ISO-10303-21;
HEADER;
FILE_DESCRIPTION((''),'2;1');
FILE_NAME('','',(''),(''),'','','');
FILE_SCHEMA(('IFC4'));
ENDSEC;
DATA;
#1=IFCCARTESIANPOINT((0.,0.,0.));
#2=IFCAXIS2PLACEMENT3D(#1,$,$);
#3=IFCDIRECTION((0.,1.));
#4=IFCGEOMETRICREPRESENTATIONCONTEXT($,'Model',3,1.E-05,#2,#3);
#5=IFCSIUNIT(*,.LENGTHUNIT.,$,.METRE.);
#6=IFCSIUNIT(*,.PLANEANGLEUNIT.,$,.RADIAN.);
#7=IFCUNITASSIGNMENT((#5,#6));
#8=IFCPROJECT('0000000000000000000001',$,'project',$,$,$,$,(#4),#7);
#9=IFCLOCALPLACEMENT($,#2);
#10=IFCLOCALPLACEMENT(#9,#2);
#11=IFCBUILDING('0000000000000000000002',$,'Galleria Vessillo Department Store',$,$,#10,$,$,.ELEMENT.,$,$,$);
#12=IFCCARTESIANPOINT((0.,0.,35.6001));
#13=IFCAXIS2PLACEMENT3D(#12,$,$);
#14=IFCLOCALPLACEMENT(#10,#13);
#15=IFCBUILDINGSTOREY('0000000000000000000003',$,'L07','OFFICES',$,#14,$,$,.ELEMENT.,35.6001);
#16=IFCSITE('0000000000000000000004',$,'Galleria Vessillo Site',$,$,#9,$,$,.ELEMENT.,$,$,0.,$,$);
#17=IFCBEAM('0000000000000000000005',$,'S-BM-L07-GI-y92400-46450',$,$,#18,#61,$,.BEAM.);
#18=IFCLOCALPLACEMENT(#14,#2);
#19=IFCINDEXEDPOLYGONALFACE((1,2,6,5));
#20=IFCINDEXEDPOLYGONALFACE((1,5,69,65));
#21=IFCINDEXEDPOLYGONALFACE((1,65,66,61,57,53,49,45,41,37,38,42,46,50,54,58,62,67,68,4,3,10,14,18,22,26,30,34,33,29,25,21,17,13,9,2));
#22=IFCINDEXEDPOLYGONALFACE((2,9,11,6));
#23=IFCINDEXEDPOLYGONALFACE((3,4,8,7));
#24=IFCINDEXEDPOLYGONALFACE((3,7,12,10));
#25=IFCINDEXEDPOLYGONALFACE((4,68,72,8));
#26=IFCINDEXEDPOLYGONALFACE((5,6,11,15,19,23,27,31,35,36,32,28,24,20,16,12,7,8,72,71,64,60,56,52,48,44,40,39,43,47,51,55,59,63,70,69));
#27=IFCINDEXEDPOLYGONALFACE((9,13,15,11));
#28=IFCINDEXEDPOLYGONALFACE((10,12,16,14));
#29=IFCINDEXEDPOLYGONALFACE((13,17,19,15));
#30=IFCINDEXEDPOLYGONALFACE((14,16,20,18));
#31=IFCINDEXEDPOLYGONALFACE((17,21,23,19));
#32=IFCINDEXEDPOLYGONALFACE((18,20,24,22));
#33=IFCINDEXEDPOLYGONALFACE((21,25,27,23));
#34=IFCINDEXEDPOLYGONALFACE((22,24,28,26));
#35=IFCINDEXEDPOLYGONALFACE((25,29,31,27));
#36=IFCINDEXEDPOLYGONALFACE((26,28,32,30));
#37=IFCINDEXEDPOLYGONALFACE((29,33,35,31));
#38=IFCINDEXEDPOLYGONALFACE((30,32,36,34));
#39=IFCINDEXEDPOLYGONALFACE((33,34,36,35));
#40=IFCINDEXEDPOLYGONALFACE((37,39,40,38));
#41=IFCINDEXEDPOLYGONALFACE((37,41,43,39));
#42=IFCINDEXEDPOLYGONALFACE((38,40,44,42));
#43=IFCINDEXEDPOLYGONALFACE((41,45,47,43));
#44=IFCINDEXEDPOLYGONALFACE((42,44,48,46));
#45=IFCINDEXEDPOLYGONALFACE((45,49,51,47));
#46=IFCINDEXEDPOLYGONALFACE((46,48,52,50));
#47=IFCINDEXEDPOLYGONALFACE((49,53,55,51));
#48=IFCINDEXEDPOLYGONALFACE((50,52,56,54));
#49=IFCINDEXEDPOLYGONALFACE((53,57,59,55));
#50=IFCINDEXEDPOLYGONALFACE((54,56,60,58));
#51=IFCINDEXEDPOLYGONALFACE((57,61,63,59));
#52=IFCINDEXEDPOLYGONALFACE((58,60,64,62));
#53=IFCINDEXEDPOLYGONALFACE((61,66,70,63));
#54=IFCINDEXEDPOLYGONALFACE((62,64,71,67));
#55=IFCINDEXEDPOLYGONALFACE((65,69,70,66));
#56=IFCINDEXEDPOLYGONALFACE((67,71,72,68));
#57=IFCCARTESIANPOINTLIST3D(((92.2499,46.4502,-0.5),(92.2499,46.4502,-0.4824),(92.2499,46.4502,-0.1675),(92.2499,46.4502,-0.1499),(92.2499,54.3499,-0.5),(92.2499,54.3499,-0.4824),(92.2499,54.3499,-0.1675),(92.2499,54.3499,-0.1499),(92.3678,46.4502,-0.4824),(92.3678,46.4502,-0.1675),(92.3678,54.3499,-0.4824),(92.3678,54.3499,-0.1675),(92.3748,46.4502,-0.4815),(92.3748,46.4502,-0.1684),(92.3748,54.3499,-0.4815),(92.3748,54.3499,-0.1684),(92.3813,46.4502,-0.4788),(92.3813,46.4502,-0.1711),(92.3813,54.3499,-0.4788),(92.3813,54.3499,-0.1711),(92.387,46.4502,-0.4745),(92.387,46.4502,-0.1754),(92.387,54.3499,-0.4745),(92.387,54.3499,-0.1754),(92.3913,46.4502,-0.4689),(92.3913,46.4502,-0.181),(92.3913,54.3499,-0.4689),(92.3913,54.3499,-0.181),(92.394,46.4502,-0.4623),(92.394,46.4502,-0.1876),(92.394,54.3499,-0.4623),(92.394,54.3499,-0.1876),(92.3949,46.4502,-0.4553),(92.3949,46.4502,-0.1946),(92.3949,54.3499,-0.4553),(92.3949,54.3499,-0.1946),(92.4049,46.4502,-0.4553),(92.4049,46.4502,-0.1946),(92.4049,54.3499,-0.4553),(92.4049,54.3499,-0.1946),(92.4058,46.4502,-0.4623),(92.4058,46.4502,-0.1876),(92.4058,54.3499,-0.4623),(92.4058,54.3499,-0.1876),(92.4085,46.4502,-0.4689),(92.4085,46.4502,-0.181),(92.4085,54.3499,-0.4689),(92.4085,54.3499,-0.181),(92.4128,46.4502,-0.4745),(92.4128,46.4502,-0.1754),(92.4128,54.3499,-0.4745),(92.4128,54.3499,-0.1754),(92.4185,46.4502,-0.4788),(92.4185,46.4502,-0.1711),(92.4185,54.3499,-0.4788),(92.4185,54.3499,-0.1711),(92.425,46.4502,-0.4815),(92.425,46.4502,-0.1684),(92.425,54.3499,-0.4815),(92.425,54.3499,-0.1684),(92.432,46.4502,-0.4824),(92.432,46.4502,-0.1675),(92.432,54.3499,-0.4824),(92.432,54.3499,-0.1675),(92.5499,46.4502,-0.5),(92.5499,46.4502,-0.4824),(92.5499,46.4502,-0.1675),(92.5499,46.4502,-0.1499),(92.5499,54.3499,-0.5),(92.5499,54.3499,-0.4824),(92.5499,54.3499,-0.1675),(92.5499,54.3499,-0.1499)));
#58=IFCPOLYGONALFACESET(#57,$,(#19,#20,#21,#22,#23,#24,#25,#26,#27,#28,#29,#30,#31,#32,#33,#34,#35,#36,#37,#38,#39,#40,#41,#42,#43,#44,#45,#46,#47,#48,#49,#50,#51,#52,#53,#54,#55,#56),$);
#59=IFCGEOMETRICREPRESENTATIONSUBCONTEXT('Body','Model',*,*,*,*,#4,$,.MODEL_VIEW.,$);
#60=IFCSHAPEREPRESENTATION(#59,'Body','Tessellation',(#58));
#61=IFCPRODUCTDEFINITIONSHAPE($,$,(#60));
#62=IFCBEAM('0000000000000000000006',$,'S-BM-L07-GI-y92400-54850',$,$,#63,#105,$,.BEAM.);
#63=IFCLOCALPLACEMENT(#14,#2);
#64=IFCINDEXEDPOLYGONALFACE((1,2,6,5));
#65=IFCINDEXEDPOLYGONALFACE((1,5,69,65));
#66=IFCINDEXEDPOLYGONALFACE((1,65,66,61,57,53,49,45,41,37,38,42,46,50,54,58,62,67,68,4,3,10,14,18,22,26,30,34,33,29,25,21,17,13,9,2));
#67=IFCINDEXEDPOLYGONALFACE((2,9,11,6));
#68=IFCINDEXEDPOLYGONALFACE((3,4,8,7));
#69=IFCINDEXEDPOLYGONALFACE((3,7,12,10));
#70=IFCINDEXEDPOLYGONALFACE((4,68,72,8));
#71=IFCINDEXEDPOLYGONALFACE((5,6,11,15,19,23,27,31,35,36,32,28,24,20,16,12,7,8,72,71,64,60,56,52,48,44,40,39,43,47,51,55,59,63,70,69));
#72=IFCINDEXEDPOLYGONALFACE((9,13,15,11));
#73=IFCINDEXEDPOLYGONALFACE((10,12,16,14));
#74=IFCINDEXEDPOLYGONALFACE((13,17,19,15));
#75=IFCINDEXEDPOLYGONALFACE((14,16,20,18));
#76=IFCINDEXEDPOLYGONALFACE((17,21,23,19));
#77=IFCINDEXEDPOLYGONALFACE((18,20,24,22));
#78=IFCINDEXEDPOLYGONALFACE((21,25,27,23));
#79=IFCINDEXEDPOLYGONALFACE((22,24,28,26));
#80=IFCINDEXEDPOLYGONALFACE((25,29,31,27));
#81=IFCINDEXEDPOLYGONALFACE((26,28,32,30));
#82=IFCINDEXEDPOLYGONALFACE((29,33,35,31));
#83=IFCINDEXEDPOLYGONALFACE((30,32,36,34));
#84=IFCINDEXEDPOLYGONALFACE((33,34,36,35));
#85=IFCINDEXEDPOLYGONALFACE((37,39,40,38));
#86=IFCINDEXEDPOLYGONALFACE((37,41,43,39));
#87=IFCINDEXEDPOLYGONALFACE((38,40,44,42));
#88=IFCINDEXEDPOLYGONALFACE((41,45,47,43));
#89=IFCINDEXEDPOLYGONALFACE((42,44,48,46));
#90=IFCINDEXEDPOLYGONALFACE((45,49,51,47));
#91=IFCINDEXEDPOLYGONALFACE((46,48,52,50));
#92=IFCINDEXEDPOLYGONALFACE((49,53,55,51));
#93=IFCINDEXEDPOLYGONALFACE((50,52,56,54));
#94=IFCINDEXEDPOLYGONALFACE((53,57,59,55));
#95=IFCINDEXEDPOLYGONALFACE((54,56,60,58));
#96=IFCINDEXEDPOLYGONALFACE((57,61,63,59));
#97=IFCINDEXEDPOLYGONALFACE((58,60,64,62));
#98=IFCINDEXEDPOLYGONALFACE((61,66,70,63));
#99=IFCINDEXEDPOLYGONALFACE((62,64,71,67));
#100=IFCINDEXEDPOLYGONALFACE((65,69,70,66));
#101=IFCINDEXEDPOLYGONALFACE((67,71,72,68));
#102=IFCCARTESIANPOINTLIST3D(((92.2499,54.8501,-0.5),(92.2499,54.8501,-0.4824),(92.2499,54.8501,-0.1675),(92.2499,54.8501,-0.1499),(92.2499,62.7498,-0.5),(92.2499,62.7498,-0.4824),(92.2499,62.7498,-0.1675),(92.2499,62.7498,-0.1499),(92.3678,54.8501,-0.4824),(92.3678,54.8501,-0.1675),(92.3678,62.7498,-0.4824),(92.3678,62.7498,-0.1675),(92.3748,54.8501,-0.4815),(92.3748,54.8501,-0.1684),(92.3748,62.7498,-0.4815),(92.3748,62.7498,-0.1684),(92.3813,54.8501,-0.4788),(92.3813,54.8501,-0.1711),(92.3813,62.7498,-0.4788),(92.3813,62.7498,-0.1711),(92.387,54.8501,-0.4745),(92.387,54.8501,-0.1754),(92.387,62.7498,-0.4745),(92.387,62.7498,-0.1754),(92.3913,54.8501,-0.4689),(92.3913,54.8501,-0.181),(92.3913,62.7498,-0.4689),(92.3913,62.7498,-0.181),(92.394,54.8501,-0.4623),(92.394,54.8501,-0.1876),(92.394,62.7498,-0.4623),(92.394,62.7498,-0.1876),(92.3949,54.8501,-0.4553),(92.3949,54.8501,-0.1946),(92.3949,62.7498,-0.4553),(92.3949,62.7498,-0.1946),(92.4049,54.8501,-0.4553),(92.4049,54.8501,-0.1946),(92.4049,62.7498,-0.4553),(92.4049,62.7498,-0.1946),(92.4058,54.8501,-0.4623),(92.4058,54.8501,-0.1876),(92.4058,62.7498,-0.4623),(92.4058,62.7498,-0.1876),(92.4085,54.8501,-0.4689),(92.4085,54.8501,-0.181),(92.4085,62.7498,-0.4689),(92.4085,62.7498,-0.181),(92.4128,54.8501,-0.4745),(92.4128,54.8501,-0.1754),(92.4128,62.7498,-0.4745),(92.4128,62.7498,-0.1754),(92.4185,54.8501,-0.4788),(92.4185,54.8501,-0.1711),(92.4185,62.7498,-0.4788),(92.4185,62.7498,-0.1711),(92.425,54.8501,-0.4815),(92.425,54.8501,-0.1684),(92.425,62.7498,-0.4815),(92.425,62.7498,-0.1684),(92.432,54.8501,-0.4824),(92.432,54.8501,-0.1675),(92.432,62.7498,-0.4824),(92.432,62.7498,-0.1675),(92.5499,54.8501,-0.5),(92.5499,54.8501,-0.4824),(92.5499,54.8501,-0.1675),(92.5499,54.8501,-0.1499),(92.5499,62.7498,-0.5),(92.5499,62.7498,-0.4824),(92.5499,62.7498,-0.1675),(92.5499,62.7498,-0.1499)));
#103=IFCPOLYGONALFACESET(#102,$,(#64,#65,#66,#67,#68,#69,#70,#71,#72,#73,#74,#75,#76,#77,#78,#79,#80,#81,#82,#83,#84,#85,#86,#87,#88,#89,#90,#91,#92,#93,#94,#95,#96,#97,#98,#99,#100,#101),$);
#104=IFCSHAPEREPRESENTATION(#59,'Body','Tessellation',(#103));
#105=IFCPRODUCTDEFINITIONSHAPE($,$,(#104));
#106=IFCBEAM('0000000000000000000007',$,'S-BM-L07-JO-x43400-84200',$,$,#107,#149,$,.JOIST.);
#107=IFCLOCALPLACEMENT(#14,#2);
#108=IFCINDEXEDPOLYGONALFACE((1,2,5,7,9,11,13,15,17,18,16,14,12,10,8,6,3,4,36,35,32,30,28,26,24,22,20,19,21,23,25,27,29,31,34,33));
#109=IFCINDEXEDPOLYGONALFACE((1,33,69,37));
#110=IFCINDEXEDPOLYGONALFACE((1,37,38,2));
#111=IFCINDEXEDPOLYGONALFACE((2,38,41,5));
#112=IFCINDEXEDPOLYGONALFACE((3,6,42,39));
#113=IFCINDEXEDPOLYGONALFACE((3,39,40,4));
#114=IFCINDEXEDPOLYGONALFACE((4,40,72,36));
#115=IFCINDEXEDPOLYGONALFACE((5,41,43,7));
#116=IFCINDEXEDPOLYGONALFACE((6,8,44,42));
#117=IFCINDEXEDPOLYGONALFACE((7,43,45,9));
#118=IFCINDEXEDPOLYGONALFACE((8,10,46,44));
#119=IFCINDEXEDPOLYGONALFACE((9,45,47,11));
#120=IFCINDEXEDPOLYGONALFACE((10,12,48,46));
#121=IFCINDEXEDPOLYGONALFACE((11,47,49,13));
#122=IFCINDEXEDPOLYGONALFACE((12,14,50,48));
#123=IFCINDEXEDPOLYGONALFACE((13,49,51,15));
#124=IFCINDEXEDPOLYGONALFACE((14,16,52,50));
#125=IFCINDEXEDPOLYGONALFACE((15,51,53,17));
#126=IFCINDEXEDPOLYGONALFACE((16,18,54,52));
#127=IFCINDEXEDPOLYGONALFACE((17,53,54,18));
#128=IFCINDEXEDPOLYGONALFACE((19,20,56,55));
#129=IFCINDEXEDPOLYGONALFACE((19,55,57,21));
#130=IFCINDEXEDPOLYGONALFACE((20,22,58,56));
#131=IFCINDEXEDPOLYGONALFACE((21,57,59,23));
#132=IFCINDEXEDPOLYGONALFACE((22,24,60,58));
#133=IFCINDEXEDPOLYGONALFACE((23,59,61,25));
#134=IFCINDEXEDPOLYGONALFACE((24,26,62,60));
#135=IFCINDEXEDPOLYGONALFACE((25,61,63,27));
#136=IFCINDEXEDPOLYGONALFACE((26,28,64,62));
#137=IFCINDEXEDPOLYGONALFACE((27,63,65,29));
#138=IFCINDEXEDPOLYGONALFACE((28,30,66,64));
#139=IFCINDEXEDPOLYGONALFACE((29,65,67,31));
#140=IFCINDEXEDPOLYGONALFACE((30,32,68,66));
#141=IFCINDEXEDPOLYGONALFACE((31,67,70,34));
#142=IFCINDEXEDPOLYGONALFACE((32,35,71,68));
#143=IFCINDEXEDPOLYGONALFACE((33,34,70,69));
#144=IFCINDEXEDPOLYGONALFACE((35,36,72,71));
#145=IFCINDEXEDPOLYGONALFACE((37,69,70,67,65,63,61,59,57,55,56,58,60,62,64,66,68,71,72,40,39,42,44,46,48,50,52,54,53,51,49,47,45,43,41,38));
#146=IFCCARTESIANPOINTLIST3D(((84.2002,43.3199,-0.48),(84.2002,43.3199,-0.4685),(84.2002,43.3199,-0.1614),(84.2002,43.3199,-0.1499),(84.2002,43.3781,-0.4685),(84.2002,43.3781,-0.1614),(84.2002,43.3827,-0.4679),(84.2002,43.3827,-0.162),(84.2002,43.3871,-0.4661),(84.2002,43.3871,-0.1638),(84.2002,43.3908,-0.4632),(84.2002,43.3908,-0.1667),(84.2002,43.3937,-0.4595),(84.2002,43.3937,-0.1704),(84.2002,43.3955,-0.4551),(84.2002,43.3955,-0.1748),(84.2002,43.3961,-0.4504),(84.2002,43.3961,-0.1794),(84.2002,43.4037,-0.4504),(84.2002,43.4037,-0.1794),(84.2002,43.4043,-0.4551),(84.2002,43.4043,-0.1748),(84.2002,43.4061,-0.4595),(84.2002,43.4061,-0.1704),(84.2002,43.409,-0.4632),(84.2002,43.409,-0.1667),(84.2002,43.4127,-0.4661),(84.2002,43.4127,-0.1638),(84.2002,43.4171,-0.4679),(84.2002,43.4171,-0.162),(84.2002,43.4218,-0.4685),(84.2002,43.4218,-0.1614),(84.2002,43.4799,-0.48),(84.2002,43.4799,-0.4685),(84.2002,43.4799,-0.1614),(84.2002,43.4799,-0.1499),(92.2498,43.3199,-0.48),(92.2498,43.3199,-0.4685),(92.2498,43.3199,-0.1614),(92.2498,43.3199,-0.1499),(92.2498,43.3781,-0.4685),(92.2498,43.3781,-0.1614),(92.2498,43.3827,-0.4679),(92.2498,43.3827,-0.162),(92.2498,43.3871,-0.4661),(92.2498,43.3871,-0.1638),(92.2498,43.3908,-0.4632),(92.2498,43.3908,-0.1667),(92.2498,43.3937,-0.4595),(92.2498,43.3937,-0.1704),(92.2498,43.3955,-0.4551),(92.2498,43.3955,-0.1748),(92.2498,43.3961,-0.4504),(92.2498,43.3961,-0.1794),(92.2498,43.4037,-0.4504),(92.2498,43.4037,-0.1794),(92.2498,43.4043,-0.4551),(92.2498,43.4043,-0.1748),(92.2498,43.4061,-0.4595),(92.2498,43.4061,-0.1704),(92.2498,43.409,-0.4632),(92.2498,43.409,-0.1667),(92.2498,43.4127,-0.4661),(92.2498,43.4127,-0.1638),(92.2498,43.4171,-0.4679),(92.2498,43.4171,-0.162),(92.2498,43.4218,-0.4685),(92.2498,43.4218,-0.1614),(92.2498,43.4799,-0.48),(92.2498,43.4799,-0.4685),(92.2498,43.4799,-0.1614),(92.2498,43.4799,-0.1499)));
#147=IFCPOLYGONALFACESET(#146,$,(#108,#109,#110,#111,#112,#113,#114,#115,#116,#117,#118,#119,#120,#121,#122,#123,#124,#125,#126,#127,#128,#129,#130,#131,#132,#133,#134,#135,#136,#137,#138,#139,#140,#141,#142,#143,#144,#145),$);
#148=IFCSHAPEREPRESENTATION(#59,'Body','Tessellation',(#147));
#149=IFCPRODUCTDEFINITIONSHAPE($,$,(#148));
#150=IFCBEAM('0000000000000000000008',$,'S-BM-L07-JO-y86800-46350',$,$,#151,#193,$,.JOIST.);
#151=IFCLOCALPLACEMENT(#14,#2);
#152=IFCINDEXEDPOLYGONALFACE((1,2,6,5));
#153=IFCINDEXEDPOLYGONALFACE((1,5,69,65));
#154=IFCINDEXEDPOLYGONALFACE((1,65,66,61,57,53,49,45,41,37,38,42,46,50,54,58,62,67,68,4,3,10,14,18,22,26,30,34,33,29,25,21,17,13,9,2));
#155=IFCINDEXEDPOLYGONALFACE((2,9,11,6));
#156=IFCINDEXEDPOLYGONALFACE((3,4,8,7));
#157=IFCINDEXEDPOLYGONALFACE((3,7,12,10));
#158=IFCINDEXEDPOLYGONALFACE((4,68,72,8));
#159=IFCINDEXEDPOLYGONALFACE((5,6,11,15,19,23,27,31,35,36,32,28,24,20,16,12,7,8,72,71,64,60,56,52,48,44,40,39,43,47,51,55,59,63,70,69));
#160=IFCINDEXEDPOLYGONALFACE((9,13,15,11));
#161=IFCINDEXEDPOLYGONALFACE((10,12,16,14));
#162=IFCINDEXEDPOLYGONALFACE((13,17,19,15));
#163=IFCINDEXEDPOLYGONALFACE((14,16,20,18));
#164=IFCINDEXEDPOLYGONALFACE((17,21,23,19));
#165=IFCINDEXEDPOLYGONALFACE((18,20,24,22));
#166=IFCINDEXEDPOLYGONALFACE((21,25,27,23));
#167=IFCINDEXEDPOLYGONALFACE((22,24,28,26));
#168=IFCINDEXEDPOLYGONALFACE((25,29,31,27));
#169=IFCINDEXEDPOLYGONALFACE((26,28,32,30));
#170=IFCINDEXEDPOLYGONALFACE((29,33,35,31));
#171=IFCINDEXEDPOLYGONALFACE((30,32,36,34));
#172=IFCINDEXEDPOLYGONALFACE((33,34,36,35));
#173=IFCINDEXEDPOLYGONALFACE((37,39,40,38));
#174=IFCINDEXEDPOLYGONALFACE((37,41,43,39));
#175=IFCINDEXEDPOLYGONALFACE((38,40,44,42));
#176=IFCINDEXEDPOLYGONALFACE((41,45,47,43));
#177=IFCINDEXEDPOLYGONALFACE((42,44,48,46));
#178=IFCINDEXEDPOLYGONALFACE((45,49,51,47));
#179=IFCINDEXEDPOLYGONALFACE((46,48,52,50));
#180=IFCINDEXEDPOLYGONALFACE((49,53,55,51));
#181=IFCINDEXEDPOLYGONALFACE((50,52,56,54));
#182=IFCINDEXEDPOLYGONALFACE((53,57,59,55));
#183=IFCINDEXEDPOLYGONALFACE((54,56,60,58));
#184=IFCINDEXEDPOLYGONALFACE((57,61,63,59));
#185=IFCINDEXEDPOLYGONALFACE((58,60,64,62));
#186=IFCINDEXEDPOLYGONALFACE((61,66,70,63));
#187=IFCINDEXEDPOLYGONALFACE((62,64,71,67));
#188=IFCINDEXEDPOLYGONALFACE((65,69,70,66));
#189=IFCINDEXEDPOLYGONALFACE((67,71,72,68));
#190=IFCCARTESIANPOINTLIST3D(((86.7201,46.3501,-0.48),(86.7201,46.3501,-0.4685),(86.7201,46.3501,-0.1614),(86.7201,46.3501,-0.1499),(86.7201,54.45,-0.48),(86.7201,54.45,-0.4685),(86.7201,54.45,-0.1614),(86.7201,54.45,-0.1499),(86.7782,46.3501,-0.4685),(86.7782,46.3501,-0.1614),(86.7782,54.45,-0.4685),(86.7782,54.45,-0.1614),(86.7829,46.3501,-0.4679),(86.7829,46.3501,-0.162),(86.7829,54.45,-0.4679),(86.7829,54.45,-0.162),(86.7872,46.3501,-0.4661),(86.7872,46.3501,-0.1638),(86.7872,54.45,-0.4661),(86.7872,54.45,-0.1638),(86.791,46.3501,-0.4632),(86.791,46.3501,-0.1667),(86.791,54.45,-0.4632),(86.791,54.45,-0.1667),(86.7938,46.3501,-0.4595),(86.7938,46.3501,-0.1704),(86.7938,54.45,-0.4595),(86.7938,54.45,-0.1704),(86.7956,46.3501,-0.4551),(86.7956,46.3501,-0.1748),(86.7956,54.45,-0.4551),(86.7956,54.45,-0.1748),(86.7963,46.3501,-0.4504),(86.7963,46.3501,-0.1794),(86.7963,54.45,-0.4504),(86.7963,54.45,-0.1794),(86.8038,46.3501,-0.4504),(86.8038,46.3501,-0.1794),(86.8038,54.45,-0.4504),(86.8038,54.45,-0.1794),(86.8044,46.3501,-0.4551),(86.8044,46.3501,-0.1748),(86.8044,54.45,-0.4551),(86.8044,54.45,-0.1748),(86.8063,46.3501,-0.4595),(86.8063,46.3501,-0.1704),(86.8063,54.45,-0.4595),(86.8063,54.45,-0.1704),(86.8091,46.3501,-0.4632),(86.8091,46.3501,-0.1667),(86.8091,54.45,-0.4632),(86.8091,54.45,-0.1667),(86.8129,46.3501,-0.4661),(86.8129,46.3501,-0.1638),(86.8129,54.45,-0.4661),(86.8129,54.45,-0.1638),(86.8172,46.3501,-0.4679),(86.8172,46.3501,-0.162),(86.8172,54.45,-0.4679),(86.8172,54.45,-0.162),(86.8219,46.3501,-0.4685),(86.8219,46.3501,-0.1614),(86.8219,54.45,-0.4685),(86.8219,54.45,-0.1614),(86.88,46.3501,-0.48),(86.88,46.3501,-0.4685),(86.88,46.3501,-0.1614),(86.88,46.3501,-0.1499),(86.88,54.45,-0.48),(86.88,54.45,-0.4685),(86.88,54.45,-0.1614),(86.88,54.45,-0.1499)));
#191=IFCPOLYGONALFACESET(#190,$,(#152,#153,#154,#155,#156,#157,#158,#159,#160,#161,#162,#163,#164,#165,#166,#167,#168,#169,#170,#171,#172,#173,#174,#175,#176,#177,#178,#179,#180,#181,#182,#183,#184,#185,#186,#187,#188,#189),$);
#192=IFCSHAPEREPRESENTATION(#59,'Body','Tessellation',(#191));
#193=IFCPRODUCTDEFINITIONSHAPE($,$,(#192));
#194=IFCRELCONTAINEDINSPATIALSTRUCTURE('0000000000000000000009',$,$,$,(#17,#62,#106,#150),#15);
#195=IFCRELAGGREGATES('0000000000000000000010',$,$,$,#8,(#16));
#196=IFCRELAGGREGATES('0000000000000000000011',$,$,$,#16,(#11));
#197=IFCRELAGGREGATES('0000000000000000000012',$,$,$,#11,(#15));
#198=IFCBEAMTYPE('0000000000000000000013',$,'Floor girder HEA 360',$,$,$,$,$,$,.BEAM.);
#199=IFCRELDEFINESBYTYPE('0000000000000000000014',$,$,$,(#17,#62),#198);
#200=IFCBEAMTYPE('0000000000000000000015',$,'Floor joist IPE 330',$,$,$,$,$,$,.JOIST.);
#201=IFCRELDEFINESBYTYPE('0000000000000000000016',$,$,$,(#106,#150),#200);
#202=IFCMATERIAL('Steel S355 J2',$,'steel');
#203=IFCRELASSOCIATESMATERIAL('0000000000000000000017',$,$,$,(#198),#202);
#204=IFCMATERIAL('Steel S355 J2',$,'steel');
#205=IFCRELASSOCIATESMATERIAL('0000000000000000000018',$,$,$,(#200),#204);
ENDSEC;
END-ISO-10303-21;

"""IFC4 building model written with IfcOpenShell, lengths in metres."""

from ifc_helpers import new_model, si_unit, direction, frame, origin, origin_2d, place, context, subcontext, project, spatial, i_section, extrude, material, material_profile, profile_set, type_object, element, save


model = new_model("IFC4")

# Units and contexts
model_context = context("Model", 3, precision=1e-05, world=origin(), true_north=direction((0.0, 1.0)))
body_context = subcontext(model_context, "Body", "Model", "MODEL_VIEW")
ifc_project = project(units=[si_unit("LENGTHUNIT", "METRE"), si_unit("PLANEANGLEUNIT", "RADIAN")], contexts=[model_context])

# Site, building, storey
site_placement = place(None, origin())
site = spatial("IfcSite", under=ifc_project, at=site_placement, Name="Galleria Vessillo Site", CompositionType="ELEMENT", RefElevation=0.0)
building_placement = place(site_placement, origin())
building = spatial("IfcBuilding", under=site, at=building_placement, Name="Galleria Vessillo Department Store", CompositionType="ELEMENT")
storey_placement = place(building_placement, frame((0.0, 0.0, 35.6001)))
storey = spatial("IfcBuildingStorey", under=building, at=storey_placement, Name="L07", Description="OFFICES", CompositionType="ELEMENT", Elevation=35.6001)

# Beams
ifc_material_1 = material(Name="Steel S355 J2", Category="steel")
ifc_material_profile_1 = material_profile(ifc_material_1, i_section(OverallWidth=0.3, OverallDepth=0.3501, WebThickness=0.01, FlangeThickness=0.0176, FilletRadius=0.0271, at=origin_2d()), Name="HEA 360")
ifc_profile_set_1 = profile_set([ifc_material_profile_1], Name="Steel S355 J2")
beam_type_1 = type_object("IfcBeamType", Name="Floor girder HEA 360", PredefinedType="BEAM", material=ifc_profile_set_1)
for number, where, z_axis, x_axis, name in (
    (1, (92.3999, 46.4502, -0.325), (0.0, 1.0, 0.0), (-1.0, 0.0, 0.0), "S-BM-L07-GI-y92400-46450"),
    (2, (92.3999, 54.8501, -0.325), (0.0, 1.0, 0.0), (-1.0, 0.0, 0.0), "S-BM-L07-GI-y92400-54850"),
):
    element("IfcBeam", number, at=place(storey_placement, frame(where, z_axis=z_axis, x_axis=x_axis)), inside=storey, type_object=beam_type_1, Name=name, PredefinedType="BEAM", context=body_context, shape_type="SweptSolid", body=[
        extrude(i_section(OverallWidth=0.3, OverallDepth=0.3501, WebThickness=0.01, FlangeThickness=0.0176, FilletRadius=0.0271, at=origin_2d()), origin(), (0.0, 0.0, 1.0), 7.8997),
    ])
ifc_material_2 = material(Name="Steel S355 J2", Category="steel")
ifc_material_profile_2 = material_profile(ifc_material_2, i_section(OverallWidth=0.1599, OverallDepth=0.3301, WebThickness=0.0076, FlangeThickness=0.0115, FilletRadius=0.0181, at=origin_2d()), Name="IPE 330")
ifc_profile_set_2 = profile_set([ifc_material_profile_2], Name="Steel S355 J2")
beam_type_2 = type_object("IfcBeamType", Name="Floor joist IPE 330", PredefinedType="JOIST", material=ifc_profile_set_2)
beam_1_placement = place(storey_placement, frame((84.2002, 43.3999, -0.3149), z_axis=(1.0, 0.0, 0.0), x_axis=(0.0, 1.0, 0.0)))
element("IfcBeam", 3, at=beam_1_placement, inside=storey, type_object=beam_type_2, Name="S-BM-L07-JO-x43400-84200", PredefinedType="JOIST", context=body_context, shape_type="SweptSolid", body=[
    extrude(i_section(OverallWidth=0.1599, OverallDepth=0.3301, WebThickness=0.0076, FlangeThickness=0.0115, FilletRadius=0.0181, at=origin_2d()), origin(), (0.0, 0.0, 1.0), 8.0496),
])
for number, where, z_axis, x_axis, name in (
    (4, (86.8, 46.3501, -0.3149), (0.0, 1.0, 0.0), (-1.0, 0.0, 0.0), "S-BM-L07-JO-y86800-46350"),
):
    element("IfcBeam", number, at=place(storey_placement, frame(where, z_axis=z_axis, x_axis=x_axis)), inside=storey, type_object=beam_type_2, Name=name, PredefinedType="JOIST", context=body_context, shape_type="SweptSolid", body=[
        extrude(i_section(OverallWidth=0.1599, OverallDepth=0.3301, WebThickness=0.0076, FlangeThickness=0.0115, FilletRadius=0.0181, at=origin_2d()), origin(), (0.0, 0.0, 1.0), 8.0999),
    ])

save(model, "model.ifc")
